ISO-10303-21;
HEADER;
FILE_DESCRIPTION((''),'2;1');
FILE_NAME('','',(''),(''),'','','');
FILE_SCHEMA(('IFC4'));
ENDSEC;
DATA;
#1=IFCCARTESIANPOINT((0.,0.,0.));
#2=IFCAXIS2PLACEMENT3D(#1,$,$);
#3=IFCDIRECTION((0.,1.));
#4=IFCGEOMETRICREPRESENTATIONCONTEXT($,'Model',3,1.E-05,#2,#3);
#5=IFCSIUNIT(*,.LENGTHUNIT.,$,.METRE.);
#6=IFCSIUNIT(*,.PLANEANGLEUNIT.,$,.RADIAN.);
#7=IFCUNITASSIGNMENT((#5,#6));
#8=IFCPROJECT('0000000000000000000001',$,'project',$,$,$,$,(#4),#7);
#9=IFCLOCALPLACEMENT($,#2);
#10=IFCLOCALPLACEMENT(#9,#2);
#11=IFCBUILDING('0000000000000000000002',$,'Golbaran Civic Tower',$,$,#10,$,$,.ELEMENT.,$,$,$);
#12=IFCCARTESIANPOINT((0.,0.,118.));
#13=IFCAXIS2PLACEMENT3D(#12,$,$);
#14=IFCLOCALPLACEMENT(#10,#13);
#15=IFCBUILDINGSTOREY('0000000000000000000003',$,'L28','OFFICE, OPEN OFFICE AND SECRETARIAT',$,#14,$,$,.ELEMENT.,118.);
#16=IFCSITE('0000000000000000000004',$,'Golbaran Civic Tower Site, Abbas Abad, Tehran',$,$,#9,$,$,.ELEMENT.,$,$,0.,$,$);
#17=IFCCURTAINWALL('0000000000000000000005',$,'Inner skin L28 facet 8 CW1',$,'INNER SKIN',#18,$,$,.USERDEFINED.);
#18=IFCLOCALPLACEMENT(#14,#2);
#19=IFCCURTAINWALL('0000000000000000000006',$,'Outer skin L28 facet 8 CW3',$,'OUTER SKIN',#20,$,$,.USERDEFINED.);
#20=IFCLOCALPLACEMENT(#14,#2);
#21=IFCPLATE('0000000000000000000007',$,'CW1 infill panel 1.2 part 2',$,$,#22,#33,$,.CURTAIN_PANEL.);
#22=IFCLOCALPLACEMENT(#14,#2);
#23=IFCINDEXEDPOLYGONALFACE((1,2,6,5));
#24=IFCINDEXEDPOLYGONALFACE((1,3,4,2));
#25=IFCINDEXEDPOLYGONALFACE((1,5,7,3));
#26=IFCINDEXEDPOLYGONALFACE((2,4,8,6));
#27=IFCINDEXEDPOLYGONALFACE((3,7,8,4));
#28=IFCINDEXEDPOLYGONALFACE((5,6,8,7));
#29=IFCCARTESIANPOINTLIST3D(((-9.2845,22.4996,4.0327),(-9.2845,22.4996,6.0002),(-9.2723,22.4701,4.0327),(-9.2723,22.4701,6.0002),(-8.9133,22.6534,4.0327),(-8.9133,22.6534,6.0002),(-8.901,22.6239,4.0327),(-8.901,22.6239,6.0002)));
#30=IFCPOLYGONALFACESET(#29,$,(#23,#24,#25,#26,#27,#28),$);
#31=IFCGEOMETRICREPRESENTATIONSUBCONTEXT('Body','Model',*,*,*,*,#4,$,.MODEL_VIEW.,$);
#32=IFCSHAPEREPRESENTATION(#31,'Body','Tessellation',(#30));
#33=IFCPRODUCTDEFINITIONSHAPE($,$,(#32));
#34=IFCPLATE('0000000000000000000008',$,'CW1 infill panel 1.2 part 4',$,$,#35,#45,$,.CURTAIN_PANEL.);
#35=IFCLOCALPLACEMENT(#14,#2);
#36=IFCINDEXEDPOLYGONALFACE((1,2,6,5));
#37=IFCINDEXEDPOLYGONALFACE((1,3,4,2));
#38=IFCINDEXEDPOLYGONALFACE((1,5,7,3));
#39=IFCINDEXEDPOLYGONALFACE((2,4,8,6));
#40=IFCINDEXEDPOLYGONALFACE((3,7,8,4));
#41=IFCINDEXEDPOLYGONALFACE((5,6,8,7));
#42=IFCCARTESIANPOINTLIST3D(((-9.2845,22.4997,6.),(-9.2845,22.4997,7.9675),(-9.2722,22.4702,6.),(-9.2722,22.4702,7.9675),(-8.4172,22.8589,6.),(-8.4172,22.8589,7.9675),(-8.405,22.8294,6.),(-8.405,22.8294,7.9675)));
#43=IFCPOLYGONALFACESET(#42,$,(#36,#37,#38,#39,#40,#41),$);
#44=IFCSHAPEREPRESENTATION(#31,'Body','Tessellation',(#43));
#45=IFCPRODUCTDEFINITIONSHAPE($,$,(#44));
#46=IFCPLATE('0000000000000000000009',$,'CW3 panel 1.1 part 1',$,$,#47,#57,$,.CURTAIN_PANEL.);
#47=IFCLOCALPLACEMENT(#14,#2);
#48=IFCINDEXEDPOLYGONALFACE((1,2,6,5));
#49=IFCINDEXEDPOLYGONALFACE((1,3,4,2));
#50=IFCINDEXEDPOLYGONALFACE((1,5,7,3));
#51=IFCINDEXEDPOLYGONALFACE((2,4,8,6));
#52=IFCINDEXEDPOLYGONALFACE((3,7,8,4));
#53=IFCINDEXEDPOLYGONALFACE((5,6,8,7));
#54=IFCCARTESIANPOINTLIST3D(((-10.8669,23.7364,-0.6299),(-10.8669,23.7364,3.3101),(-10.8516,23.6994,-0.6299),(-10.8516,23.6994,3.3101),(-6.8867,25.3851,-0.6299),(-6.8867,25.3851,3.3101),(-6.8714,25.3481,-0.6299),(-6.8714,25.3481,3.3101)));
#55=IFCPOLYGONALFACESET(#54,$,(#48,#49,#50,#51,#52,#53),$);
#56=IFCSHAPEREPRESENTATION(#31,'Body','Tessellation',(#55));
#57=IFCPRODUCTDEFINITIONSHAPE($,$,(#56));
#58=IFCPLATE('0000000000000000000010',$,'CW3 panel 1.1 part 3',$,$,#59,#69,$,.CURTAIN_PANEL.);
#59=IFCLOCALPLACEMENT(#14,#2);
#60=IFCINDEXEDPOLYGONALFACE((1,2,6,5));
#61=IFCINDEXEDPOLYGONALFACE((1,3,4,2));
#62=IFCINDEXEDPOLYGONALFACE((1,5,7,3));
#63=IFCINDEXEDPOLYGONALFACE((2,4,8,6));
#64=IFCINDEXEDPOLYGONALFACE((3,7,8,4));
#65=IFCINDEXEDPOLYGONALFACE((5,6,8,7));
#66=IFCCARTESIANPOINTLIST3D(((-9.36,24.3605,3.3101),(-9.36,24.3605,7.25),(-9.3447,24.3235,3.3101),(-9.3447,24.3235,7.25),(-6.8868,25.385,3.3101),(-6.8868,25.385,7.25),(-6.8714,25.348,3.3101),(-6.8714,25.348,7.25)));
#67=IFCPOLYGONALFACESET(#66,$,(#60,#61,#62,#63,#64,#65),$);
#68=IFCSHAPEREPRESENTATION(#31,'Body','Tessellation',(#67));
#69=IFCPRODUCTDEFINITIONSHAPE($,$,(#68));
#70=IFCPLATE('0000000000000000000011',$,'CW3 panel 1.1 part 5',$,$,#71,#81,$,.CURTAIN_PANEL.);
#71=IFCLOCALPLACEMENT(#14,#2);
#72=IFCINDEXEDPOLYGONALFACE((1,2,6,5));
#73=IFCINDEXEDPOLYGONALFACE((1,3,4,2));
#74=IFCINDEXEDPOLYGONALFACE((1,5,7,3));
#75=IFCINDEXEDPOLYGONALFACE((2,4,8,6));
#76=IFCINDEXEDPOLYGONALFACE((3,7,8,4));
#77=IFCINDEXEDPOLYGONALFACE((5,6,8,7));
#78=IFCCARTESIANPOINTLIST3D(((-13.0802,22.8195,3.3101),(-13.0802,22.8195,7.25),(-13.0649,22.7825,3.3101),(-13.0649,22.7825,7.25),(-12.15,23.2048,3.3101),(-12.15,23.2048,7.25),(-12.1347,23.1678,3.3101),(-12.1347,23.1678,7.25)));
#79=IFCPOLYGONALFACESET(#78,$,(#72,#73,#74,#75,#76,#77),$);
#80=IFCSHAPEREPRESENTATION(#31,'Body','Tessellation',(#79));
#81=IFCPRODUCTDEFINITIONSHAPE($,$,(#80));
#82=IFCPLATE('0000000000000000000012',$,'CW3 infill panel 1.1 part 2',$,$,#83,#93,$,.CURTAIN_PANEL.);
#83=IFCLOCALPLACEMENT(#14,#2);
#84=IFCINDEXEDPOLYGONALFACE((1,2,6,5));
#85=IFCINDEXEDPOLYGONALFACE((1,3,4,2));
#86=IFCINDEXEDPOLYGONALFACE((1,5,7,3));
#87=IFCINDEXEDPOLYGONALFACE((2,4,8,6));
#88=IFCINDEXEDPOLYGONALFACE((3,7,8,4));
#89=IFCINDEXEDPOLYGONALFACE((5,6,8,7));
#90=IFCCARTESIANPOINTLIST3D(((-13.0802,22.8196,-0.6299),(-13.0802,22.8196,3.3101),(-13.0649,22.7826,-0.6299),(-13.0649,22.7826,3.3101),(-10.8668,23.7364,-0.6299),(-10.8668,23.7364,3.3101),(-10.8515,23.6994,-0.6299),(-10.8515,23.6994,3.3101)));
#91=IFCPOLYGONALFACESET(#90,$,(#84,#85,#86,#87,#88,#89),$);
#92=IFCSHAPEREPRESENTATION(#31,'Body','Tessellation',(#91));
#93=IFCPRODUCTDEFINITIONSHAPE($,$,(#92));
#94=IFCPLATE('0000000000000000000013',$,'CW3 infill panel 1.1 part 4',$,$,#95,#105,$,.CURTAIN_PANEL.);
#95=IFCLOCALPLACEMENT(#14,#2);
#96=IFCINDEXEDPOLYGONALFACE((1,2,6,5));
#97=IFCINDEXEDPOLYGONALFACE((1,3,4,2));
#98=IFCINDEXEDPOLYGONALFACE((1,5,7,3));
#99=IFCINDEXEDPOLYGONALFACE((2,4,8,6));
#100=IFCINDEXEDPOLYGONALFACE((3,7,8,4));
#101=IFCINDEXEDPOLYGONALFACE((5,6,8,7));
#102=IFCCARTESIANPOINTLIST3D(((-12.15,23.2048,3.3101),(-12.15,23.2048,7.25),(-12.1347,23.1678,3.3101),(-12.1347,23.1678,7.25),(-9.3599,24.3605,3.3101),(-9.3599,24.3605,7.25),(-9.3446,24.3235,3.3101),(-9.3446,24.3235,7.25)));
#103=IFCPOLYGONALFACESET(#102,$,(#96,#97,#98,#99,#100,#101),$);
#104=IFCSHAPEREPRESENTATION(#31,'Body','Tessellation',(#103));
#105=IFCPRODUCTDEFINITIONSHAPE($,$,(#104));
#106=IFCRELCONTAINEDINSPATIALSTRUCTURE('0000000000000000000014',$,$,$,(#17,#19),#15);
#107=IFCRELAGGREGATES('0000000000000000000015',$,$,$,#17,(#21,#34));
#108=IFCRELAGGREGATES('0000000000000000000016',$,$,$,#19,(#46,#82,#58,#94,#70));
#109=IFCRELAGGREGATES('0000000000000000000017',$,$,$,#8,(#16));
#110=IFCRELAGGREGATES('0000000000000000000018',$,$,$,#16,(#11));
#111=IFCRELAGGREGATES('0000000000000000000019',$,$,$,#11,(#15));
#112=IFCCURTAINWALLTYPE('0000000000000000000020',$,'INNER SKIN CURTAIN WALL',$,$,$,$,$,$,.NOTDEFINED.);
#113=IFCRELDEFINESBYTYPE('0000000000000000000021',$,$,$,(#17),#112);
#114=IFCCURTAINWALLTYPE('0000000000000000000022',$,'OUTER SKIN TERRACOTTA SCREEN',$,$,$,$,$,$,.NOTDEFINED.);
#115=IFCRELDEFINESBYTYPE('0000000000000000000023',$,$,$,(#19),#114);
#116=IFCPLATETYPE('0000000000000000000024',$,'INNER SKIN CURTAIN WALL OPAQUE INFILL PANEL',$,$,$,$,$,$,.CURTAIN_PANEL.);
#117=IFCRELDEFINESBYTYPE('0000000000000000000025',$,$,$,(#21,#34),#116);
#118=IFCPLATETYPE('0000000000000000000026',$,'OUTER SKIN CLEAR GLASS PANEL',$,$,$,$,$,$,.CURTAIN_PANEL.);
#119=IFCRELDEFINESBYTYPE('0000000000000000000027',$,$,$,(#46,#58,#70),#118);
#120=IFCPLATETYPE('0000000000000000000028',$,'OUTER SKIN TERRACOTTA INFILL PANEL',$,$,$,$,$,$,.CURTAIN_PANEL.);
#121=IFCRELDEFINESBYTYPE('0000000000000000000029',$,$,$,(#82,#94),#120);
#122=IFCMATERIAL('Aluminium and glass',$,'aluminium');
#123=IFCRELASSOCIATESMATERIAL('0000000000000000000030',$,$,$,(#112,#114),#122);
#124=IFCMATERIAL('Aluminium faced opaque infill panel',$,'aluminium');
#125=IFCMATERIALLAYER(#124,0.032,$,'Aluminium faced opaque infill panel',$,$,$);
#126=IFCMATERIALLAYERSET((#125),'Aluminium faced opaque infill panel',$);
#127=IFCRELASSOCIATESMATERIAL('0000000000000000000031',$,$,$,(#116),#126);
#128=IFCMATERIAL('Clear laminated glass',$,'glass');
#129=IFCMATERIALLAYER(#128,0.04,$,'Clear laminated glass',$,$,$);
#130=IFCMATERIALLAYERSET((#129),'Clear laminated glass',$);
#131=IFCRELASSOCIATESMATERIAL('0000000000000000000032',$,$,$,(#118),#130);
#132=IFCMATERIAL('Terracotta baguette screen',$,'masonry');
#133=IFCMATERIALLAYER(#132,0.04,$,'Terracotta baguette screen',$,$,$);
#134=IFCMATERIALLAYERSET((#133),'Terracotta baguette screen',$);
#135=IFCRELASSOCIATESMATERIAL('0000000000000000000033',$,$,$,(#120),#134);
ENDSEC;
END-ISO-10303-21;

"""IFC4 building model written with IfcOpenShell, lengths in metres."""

from ifc_helpers import new_model, si_unit, direction, frame, origin, origin_2d, place, context, subcontext, project, spatial, rectangle, extrude, material, layer, layer_set, type_object, element, aggregate, save


model = new_model("IFC4")

# Units and contexts
model_context = context("Model", 3, precision=1e-05, world=origin(), true_north=direction((0.0, 1.0)))
body_context = subcontext(model_context, "Body", "Model", "MODEL_VIEW")
ifc_project = project(units=[si_unit("LENGTHUNIT", "METRE"), si_unit("PLANEANGLEUNIT", "RADIAN")], contexts=[model_context])

# Site, building, storey
site_placement = place(None, origin())
site = spatial("IfcSite", under=ifc_project, at=site_placement, Name="Golbaran Civic Tower Site, Abbas Abad, Tehran", CompositionType="ELEMENT", RefElevation=0.0)
building_placement = place(site_placement, origin())
building = spatial("IfcBuilding", under=site, at=building_placement, Name="Golbaran Civic Tower", CompositionType="ELEMENT")
storey_placement = place(building_placement, frame((0.0, 0.0, 118.0)))
storey = spatial("IfcBuildingStorey", under=building, at=storey_placement, Name="L28", Description="OFFICE, OPEN OFFICE AND SECRETARIAT", CompositionType="ELEMENT", Elevation=118.0)

# Shared definitions
ifc_material_1 = material(Name="Aluminium and glass", Category="aluminium")
curtain_wall_type_1 = type_object("IfcCurtainWallType", Name="INNER SKIN CURTAIN WALL", PredefinedType="NOTDEFINED", material=ifc_material_1)

# Curtain wall
curtain_wall_1_placement = place(storey_placement, origin())
curtain_wall_1 = element("IfcCurtainWall", 1, at=curtain_wall_1_placement, inside=storey, type_object=curtain_wall_type_1, Name="Inner skin L28 facet 8 CW1", ObjectType="INNER SKIN", PredefinedType="USERDEFINED")

# Shared definitions
curtain_wall_type_2 = type_object("IfcCurtainWallType", Name="OUTER SKIN TERRACOTTA SCREEN", PredefinedType="NOTDEFINED", material=ifc_material_1)

# Curtain wall
curtain_wall_2_placement = place(storey_placement, origin())
curtain_wall_2 = element("IfcCurtainWall", 2, at=curtain_wall_2_placement, inside=storey, type_object=curtain_wall_type_2, Name="Outer skin L28 facet 8 CW3", ObjectType="OUTER SKIN", PredefinedType="USERDEFINED")

# Plates
ifc_material_2 = material(Name="Aluminium faced opaque infill panel", Category="aluminium")
ifc_layer_1 = layer(ifc_material_2, 0.032, Name="Aluminium faced opaque infill panel")
ifc_layer_set_1 = layer_set([ifc_layer_1], Name="Aluminium faced opaque infill panel")
plate_type_1 = type_object("IfcPlateType", Name="INNER SKIN CURTAIN WALL OPAQUE INFILL PANEL", PredefinedType="CURTAIN_PANEL", material=ifc_layer_set_1)
plate_1_placement = place(storey_placement, frame((-9.0928, 22.5618, 4.0327), z_axis=(0.0, 0.0, 1.0), x_axis=(-0.92388, -0.382683, 0.0)))
plate_1 = element("IfcPlate", 3, at=plate_1_placement, type_object=plate_type_1, Name="CW1 infill panel 1.2 part 2", PredefinedType="CURTAIN_PANEL", context=body_context, shape_type="SweptSolid", body=[
    extrude(rectangle(XDim=0.4019, YDim=0.032, at=origin_2d()), origin(), (0.0, 0.0, 1.0), 1.9675),
])
plate_2_placement = place(storey_placement, frame((-8.8447, 22.6646, 6.0), z_axis=(0.0, 0.0, 1.0), x_axis=(-0.92388, -0.382683, 0.0)))
plate_2 = element("IfcPlate", 4, at=plate_2_placement, type_object=plate_type_1, Name="CW1 infill panel 1.2 part 4", PredefinedType="CURTAIN_PANEL", context=body_context, shape_type="SweptSolid", body=[
    extrude(rectangle(XDim=0.9387, YDim=0.032, at=origin_2d()), origin(), (0.0, 0.0, 1.0), 1.9675),
])
aggregate(curtain_wall_1, [plate_1, plate_2])
ifc_material_3 = material(Name="Clear laminated glass", Category="glass")
ifc_layer_2 = layer(ifc_material_3, 0.04, Name="Clear laminated glass")
ifc_layer_set_2 = layer_set([ifc_layer_2], Name="Clear laminated glass")
plate_type_2 = type_object("IfcPlateType", Name="OUTER SKIN CLEAR GLASS PANEL", PredefinedType="CURTAIN_PANEL", material=ifc_layer_set_2)
plate_3_placement = place(storey_placement, frame((-8.8691, 24.5422, -0.6299), z_axis=(0.0, 0.0, 1.0), x_axis=(-0.92388, -0.382683, 0.0)))
plate_3 = element("IfcPlate", 5, at=plate_3_placement, type_object=plate_type_2, Name="CW3 panel 1.1 part 1", PredefinedType="CURTAIN_PANEL", context=body_context, shape_type="SweptSolid", body=[
    extrude(rectangle(XDim=4.3081, YDim=0.04, at=origin_2d()), origin(), (0.0, 0.0, 1.0), 3.9399),
])
plate_4_placement = place(storey_placement, frame((-8.1157, 24.8542, 3.3101), z_axis=(0.0, 0.0, 1.0), x_axis=(-0.92388, -0.382683, 0.0)))
plate_4 = element("IfcPlate", 6, at=plate_4_placement, type_object=plate_type_2, Name="CW3 panel 1.1 part 3", PredefinedType="CURTAIN_PANEL", context=body_context, shape_type="SweptSolid", body=[
    extrude(rectangle(XDim=2.677, YDim=0.04, at=origin_2d()), origin(), (0.0, 0.0, 1.0), 3.9399),
])
plate_5_placement = place(storey_placement, frame((-12.6074, 22.9937, 3.3101), z_axis=(0.0, 0.0, 1.0), x_axis=(-0.92388, -0.382683, 0.0)))
plate_5 = element("IfcPlate", 7, at=plate_5_placement, type_object=plate_type_2, Name="CW3 panel 1.1 part 5", PredefinedType="CURTAIN_PANEL", context=body_context, shape_type="SweptSolid", body=[
    extrude(rectangle(XDim=1.0068, YDim=0.04, at=origin_2d()), origin(), (0.0, 0.0, 1.0), 3.9399),
])
ifc_material_4 = material(Name="Terracotta baguette screen", Category="masonry")
ifc_layer_3 = layer(ifc_material_4, 0.04, Name="Terracotta baguette screen")
ifc_layer_set_3 = layer_set([ifc_layer_3], Name="Terracotta baguette screen")
plate_type_3 = type_object("IfcPlateType", Name="OUTER SKIN TERRACOTTA INFILL PANEL", PredefinedType="CURTAIN_PANEL", material=ifc_layer_set_3)
plate_6_placement = place(storey_placement, frame((-11.9658, 23.2595, -0.6299), z_axis=(0.0, 0.0, 1.0), x_axis=(-0.92388, -0.382683, 0.0)))
plate_6 = element("IfcPlate", 8, at=plate_6_placement, type_object=plate_type_3, Name="CW3 infill panel 1.1 part 2", PredefinedType="CURTAIN_PANEL", context=body_context, shape_type="SweptSolid", body=[
    extrude(rectangle(XDim=2.3958, YDim=0.04, at=origin_2d()), origin(), (0.0, 0.0, 1.0), 3.9399),
])
plate_7_placement = place(storey_placement, frame((-10.7473, 23.7642, 3.3101), z_axis=(0.0, 0.0, 1.0), x_axis=(-0.92388, -0.382683, 0.0)))
plate_7 = element("IfcPlate", 9, at=plate_7_placement, type_object=plate_type_3, Name="CW3 infill panel 1.1 part 4", PredefinedType="CURTAIN_PANEL", context=body_context, shape_type="SweptSolid", body=[
    extrude(rectangle(XDim=3.02, YDim=0.04, at=origin_2d()), origin(), (0.0, 0.0, 1.0), 3.9399),
])
aggregate(curtain_wall_2, [plate_3, plate_6, plate_4, plate_7, plate_5])

save(model, "model.ifc")
